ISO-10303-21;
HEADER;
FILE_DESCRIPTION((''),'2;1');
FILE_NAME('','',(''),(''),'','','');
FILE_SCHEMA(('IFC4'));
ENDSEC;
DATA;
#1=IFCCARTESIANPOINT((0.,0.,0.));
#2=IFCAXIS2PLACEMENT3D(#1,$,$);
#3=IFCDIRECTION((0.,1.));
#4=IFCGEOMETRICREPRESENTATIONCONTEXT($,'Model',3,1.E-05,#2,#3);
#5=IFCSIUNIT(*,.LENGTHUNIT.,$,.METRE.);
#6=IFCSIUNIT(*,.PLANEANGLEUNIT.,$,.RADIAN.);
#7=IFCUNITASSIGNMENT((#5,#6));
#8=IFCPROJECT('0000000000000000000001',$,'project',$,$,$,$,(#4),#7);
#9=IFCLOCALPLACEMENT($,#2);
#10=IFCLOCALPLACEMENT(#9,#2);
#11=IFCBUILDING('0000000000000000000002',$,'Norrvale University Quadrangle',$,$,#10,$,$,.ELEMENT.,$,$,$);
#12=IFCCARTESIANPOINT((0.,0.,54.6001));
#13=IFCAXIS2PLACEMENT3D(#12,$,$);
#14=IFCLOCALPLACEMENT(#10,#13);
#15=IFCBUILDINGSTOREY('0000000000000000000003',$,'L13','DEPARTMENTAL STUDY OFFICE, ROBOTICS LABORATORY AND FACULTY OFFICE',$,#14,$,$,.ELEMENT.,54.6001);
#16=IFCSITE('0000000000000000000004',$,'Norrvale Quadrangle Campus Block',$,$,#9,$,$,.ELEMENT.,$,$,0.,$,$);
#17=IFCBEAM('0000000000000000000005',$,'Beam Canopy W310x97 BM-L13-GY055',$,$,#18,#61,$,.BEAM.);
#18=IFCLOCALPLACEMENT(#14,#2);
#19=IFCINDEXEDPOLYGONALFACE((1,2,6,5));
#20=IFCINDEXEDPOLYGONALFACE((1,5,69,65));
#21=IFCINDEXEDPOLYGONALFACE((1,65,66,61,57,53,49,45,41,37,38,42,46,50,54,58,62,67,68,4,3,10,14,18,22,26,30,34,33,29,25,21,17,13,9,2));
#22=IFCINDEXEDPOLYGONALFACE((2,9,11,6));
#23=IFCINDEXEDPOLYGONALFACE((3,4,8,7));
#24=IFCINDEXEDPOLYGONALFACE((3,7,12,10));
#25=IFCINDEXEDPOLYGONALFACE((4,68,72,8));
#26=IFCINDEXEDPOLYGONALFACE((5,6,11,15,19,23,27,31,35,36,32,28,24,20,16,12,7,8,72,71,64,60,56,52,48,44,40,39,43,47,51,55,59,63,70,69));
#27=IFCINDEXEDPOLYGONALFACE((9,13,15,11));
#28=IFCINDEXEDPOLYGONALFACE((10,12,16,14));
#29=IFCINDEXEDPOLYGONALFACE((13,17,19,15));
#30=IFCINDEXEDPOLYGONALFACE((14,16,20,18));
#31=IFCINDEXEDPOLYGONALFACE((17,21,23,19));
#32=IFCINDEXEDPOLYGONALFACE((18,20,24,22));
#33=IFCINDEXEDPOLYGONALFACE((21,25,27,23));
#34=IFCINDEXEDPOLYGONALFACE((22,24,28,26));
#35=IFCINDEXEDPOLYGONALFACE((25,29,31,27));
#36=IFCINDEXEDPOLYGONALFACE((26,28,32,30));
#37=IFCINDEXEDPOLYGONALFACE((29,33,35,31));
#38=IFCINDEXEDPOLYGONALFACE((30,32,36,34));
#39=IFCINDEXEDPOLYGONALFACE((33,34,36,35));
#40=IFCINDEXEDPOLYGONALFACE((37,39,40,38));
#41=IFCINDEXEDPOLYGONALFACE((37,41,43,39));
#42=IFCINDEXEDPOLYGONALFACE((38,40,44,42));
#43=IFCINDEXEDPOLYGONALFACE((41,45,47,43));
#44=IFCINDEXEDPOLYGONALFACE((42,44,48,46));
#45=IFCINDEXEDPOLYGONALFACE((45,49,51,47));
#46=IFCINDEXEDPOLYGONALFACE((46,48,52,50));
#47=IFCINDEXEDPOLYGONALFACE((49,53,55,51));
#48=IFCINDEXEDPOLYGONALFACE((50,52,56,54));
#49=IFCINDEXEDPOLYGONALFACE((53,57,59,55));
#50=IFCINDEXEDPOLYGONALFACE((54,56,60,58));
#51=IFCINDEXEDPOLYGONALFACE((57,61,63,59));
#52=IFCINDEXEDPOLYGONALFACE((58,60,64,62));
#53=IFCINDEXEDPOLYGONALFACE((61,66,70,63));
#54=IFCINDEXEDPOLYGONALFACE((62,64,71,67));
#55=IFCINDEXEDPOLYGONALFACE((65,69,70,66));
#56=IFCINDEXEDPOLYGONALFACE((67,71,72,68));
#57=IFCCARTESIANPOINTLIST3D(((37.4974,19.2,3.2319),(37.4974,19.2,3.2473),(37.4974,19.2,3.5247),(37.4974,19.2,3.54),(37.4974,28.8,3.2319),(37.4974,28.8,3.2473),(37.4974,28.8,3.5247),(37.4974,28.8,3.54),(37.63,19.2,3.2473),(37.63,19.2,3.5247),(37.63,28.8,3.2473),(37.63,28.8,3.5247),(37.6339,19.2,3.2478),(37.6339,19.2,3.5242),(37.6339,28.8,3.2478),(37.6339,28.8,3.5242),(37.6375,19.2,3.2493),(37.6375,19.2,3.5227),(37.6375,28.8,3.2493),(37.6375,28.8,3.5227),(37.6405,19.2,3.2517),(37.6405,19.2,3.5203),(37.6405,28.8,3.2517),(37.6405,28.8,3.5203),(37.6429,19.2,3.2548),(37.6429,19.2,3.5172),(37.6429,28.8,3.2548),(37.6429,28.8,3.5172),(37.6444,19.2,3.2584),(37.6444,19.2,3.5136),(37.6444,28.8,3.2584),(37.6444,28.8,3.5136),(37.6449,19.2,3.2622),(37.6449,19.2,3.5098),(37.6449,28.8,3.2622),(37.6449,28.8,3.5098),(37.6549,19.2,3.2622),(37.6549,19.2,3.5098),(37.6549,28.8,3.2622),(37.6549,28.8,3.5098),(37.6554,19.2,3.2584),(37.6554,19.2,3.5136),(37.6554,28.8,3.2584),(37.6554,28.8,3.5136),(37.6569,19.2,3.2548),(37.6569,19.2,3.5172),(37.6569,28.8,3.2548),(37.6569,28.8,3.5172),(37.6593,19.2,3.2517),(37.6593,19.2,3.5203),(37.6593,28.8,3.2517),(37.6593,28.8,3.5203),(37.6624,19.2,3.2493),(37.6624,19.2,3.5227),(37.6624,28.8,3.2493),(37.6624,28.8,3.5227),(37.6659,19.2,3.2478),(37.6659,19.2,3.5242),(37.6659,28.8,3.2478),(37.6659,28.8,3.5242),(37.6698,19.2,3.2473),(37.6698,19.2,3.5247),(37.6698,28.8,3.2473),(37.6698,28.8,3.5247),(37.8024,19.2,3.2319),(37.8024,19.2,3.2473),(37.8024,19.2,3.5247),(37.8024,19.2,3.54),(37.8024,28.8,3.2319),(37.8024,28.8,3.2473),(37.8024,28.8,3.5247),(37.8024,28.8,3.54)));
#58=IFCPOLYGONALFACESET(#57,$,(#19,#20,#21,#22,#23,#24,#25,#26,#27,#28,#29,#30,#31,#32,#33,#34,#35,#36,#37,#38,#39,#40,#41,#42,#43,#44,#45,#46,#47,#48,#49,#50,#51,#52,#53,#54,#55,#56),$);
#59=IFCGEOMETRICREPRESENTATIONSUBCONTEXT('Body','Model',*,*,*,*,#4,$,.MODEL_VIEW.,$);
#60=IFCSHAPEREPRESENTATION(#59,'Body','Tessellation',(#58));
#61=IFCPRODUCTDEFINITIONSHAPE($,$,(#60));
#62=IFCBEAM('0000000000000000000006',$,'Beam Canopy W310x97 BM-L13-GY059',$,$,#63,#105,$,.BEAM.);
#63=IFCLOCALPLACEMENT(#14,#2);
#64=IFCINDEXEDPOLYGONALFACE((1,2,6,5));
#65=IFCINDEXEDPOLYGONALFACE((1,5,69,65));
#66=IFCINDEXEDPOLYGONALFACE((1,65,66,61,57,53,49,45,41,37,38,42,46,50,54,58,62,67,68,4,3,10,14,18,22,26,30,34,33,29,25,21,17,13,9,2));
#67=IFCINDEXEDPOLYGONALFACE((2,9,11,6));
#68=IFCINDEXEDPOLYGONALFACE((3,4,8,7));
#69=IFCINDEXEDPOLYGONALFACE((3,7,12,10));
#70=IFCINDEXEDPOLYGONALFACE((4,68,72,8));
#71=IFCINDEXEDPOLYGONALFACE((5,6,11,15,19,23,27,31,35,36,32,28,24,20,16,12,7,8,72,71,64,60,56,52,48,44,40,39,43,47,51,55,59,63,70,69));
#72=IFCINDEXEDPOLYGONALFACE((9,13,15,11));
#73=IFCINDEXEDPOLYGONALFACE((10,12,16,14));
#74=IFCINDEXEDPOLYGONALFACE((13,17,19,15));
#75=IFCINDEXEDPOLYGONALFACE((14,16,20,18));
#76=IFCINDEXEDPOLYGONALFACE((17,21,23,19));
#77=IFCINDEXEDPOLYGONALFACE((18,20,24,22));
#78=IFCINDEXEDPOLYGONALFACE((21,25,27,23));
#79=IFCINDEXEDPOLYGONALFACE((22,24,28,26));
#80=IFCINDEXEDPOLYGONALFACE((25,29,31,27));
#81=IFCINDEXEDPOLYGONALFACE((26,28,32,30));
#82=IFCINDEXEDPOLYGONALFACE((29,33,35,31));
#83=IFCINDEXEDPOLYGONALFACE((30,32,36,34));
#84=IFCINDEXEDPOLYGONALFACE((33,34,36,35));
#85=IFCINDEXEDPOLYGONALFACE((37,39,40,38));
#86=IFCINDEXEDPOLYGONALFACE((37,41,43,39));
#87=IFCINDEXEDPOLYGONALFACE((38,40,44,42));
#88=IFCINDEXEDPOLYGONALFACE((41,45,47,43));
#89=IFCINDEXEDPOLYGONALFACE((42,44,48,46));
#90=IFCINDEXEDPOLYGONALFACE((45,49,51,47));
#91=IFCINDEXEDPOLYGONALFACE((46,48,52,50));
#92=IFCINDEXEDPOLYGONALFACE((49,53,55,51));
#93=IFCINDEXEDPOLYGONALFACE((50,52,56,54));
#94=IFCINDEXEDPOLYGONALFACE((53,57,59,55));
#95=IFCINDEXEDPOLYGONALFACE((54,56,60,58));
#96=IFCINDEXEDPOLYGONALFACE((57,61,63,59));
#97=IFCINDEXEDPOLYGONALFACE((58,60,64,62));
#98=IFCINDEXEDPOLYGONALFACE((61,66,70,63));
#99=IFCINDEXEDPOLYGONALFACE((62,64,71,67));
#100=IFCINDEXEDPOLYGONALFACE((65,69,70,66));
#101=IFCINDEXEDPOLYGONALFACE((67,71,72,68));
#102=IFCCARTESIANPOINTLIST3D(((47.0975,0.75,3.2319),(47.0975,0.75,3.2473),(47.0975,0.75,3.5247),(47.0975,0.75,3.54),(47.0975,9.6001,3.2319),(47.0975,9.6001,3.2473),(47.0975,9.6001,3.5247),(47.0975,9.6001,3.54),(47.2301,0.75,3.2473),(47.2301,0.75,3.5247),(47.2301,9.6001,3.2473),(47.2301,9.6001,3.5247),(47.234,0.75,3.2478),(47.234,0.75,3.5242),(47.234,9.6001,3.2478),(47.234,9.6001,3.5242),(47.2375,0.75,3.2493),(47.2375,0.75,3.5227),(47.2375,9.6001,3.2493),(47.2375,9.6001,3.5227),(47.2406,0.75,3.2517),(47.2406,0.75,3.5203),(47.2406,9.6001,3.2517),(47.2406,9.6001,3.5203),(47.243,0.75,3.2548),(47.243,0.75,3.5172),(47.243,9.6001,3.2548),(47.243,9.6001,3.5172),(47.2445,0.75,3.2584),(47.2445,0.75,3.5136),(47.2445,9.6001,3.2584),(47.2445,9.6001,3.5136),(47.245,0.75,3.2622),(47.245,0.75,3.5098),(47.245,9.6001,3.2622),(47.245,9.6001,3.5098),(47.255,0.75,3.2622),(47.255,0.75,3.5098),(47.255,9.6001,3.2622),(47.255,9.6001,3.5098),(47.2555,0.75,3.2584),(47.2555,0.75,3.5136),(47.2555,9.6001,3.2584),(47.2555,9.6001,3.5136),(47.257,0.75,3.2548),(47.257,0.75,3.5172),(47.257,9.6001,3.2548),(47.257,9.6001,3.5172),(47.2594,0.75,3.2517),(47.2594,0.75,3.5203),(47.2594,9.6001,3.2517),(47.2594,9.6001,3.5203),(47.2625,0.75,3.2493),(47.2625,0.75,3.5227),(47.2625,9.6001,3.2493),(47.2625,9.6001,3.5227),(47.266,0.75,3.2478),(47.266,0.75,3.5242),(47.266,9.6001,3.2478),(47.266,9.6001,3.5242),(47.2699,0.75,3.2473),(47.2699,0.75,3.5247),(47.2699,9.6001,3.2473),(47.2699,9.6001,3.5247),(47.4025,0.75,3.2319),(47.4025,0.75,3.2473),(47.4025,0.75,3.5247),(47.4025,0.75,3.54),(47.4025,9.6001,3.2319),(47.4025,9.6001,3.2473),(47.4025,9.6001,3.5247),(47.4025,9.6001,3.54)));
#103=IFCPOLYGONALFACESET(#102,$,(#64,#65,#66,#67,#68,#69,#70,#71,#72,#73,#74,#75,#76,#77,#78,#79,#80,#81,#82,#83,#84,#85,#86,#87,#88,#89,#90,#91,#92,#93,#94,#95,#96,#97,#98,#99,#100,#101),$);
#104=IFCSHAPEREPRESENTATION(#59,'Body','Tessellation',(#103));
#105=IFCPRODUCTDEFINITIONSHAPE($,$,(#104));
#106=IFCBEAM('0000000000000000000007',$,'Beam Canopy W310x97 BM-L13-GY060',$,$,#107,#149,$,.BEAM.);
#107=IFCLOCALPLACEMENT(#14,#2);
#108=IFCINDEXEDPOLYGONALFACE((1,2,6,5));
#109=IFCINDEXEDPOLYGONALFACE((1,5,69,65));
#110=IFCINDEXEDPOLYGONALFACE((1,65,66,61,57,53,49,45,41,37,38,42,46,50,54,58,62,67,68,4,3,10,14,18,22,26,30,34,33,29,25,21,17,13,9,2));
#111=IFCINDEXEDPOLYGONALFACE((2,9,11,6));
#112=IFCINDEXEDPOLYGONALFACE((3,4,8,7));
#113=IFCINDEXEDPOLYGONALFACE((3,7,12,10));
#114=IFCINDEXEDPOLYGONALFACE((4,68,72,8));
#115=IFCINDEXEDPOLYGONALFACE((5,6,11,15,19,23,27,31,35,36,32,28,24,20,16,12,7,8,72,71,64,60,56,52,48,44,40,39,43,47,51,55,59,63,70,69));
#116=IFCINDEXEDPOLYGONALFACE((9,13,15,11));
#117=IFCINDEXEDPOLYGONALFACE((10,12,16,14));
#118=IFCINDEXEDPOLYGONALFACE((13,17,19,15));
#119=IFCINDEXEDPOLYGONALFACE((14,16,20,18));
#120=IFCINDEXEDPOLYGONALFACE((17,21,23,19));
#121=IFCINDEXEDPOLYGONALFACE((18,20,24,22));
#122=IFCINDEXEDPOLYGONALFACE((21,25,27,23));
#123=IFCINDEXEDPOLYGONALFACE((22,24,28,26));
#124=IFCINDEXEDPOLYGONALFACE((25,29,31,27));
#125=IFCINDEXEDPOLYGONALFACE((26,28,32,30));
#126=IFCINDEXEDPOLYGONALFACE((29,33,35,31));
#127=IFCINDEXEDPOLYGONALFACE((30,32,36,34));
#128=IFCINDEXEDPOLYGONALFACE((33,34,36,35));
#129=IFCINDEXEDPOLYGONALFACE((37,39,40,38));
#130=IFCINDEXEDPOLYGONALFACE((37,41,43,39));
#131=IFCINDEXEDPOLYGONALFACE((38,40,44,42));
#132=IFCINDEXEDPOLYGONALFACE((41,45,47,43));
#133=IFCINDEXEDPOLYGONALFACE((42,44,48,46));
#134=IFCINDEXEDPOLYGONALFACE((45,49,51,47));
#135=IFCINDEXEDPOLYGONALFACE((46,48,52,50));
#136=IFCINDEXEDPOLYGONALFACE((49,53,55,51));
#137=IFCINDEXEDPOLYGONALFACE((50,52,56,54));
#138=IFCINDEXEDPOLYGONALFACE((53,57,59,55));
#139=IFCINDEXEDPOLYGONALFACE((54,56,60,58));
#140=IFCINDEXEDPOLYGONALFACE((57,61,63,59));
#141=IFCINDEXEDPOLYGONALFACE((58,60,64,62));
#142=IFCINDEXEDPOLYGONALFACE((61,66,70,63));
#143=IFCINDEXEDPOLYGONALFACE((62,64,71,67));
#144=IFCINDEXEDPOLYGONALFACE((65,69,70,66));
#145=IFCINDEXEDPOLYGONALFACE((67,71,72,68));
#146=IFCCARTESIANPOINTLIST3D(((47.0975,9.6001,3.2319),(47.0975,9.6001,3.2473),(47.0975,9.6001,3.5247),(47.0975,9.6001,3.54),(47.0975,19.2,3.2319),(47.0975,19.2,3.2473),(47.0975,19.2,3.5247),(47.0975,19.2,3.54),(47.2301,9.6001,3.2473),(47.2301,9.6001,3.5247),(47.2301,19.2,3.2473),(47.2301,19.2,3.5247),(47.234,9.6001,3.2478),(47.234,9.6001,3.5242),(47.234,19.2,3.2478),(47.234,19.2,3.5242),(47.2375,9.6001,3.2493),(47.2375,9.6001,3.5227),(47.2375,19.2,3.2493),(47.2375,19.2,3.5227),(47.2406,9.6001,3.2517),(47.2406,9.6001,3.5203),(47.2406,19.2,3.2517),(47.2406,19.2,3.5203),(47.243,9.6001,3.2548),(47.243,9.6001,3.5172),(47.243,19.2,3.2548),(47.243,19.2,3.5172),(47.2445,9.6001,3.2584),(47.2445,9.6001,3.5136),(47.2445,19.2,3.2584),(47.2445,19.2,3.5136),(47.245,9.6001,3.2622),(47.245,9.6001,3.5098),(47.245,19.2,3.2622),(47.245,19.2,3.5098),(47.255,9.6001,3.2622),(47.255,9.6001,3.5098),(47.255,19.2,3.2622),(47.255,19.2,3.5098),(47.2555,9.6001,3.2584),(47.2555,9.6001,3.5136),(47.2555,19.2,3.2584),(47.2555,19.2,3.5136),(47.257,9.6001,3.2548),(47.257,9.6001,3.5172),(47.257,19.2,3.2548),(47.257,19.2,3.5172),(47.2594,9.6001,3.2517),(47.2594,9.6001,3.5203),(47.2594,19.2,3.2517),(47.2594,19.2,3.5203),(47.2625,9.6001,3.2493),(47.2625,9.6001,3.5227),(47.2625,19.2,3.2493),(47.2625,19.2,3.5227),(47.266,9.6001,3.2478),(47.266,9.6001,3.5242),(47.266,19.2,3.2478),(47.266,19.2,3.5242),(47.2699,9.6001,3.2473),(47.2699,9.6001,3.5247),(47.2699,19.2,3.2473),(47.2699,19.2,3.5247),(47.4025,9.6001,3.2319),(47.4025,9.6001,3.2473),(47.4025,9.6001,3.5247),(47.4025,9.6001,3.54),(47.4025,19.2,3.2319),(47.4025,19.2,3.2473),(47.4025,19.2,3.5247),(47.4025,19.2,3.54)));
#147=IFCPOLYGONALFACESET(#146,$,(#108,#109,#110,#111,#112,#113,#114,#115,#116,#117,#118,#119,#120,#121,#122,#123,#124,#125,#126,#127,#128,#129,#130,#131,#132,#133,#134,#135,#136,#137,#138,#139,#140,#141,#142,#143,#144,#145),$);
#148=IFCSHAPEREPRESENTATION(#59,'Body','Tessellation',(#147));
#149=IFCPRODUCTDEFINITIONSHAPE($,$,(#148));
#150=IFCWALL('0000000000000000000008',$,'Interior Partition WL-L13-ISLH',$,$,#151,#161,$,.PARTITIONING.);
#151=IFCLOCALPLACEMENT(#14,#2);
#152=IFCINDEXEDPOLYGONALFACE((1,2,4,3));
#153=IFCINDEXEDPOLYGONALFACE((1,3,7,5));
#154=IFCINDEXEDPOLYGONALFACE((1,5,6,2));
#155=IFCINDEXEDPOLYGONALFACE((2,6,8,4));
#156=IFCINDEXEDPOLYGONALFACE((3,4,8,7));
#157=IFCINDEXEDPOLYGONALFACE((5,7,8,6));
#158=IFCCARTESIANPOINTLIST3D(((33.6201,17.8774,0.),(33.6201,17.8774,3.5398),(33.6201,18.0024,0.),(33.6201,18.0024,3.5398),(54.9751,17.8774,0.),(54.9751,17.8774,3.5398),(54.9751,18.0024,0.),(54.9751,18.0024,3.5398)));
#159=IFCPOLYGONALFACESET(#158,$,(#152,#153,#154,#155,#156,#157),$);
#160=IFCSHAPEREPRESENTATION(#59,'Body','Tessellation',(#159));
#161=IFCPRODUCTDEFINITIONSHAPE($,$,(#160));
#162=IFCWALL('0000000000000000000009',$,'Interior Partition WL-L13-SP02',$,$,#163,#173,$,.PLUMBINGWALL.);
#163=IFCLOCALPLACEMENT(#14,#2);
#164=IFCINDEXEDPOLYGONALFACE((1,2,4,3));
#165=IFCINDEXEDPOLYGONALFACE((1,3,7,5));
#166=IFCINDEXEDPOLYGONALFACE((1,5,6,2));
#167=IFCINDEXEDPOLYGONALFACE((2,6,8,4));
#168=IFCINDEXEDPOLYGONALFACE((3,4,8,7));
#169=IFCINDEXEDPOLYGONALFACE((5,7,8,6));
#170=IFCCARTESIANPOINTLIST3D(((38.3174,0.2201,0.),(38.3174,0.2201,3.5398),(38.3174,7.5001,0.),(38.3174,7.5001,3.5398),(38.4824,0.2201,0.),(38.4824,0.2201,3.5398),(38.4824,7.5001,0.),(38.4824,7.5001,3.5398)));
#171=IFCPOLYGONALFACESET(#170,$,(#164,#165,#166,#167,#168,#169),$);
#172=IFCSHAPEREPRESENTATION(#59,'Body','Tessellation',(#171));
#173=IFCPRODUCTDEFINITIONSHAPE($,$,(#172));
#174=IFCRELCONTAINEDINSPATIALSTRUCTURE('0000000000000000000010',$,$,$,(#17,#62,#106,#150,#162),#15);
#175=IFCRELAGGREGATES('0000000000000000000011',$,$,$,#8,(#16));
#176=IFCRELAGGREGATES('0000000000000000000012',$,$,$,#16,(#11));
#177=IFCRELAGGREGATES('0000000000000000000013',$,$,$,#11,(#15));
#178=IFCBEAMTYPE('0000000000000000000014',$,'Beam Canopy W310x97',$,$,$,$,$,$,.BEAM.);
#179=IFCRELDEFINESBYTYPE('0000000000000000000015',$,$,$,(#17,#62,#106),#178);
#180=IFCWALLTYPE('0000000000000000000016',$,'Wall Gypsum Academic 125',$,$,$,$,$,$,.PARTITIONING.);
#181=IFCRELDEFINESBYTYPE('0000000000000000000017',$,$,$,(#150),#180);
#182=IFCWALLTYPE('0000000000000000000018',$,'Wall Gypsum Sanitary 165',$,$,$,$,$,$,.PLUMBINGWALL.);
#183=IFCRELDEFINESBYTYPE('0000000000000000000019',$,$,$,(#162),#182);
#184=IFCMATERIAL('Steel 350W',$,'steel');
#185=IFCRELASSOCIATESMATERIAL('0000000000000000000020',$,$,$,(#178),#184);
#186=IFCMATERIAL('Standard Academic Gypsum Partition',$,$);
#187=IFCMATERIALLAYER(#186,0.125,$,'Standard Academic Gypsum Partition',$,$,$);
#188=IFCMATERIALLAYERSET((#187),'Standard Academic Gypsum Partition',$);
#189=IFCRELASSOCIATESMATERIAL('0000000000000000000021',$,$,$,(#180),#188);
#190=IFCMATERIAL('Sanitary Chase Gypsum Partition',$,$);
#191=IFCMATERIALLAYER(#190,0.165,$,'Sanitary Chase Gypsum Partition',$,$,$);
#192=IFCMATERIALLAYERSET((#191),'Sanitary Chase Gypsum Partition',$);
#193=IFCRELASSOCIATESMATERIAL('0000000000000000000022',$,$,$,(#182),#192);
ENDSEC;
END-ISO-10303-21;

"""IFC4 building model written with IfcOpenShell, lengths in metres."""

from ifc_helpers import new_model, si_unit, direction, frame, frame_2d, origin, origin_2d, place, context, subcontext, project, spatial, rectangle, i_section, extrude, material, layer, layer_set, material_profile, profile_set, type_object, element, save


model = new_model("IFC4")

# Units and contexts
model_context = context("Model", 3, precision=1e-05, world=origin(), true_north=direction((0.0, 1.0)))
body_context = subcontext(model_context, "Body", "Model", "MODEL_VIEW")
ifc_project = project(units=[si_unit("LENGTHUNIT", "METRE"), si_unit("PLANEANGLEUNIT", "RADIAN")], contexts=[model_context])

# Site, building, storey
site_placement = place(None, origin())
site = spatial("IfcSite", under=ifc_project, at=site_placement, Name="Norrvale Quadrangle Campus Block", CompositionType="ELEMENT", RefElevation=0.0)
building_placement = place(site_placement, origin())
building = spatial("IfcBuilding", under=site, at=building_placement, Name="Norrvale University Quadrangle", CompositionType="ELEMENT")
storey_placement = place(building_placement, frame((0.0, 0.0, 54.6001)))
storey = spatial("IfcBuildingStorey", under=building, at=storey_placement, Name="L13", Description="DEPARTMENTAL STUDY OFFICE, ROBOTICS LABORATORY AND FACULTY OFFICE", CompositionType="ELEMENT", Elevation=54.6001)

# Beams
ifc_material_1 = material(Name="Steel 350W", Category="steel")
ifc_material_profile_1 = material_profile(ifc_material_1, i_section(OverallWidth=0.3049, OverallDepth=0.3081, WebThickness=0.01, FlangeThickness=0.0154, FilletRadius=0.0149, at=origin_2d()), Name="Steel 350W")
ifc_profile_set_1 = profile_set([ifc_material_profile_1], Name="Steel 350W")
beam_type_1 = type_object("IfcBeamType", Name="Beam Canopy W310x97", PredefinedType="BEAM", material=ifc_profile_set_1)
beam_1_placement = place(storey_placement, frame((37.6499, 19.2, 3.386), z_axis=(0.0, 1.0, 0.0), x_axis=(-1.0, 0.0, 0.0)))
element("IfcBeam", 1, at=beam_1_placement, inside=storey, type_object=beam_type_1, Name="Beam Canopy W310x97 BM-L13-GY055", PredefinedType="BEAM", context=body_context, shape_type="SweptSolid", body=[
    extrude(i_section(OverallWidth=0.3049, OverallDepth=0.3081, WebThickness=0.01, FlangeThickness=0.0154, FilletRadius=0.0149, at=origin_2d()), origin(), (0.0, 0.0, 1.0), 9.6001),
])
beam_2_placement = place(storey_placement, frame((47.25, 0.75, 3.386), z_axis=(0.0, 1.0, 0.0), x_axis=(-1.0, 0.0, 0.0)))
element("IfcBeam", 2, at=beam_2_placement, inside=storey, type_object=beam_type_1, Name="Beam Canopy W310x97 BM-L13-GY059", PredefinedType="BEAM", context=body_context, shape_type="SweptSolid", body=[
    extrude(i_section(OverallWidth=0.3049, OverallDepth=0.3081, WebThickness=0.01, FlangeThickness=0.0154, FilletRadius=0.0149, at=origin_2d()), origin(), (0.0, 0.0, 1.0), 8.8501),
])
beam_3_placement = place(storey_placement, frame((47.25, 9.6001, 3.386), z_axis=(0.0, 1.0, 0.0), x_axis=(-1.0, 0.0, 0.0)))
element("IfcBeam", 3, at=beam_3_placement, inside=storey, type_object=beam_type_1, Name="Beam Canopy W310x97 BM-L13-GY060", PredefinedType="BEAM", context=body_context, shape_type="SweptSolid", body=[
    extrude(i_section(OverallWidth=0.3049, OverallDepth=0.3081, WebThickness=0.01, FlangeThickness=0.0154, FilletRadius=0.0149, at=origin_2d()), origin(), (0.0, 0.0, 1.0), 9.5999),
])

# Walls
ifc_material_2 = material(Name="Standard Academic Gypsum Partition")
ifc_layer_1 = layer(ifc_material_2, 0.125, Name="Standard Academic Gypsum Partition")
ifc_layer_set_1 = layer_set([ifc_layer_1], Name="Standard Academic Gypsum Partition")
wall_type_1 = type_object("IfcWallType", Name="Wall Gypsum Academic 125", PredefinedType="PARTITIONING", material=ifc_layer_set_1)
wall_1_placement = place(storey_placement, frame((33.6201, 17.9399, 0.0), z_axis=(0.0, 0.0, 1.0), x_axis=(1.0, 0.0, 0.0)))
element("IfcWall", 4, at=wall_1_placement, inside=storey, type_object=wall_type_1, Name="Interior Partition WL-L13-ISLH", PredefinedType="PARTITIONING", context=body_context, shape_type="SweptSolid", body=[
    extrude(rectangle(XDim=21.355, YDim=0.125, at=frame_2d((10.6775, 0.0))), origin(), (0.0, 0.0, 1.0), 3.5398),
])
ifc_material_3 = material(Name="Sanitary Chase Gypsum Partition")
ifc_layer_2 = layer(ifc_material_3, 0.165, Name="Sanitary Chase Gypsum Partition")
ifc_layer_set_2 = layer_set([ifc_layer_2], Name="Sanitary Chase Gypsum Partition")
wall_type_2 = type_object("IfcWallType", Name="Wall Gypsum Sanitary 165", PredefinedType="PLUMBINGWALL", material=ifc_layer_set_2)
wall_2_placement = place(storey_placement, frame((38.3999, 0.22, 0.0), z_axis=(0.0, 0.0, 1.0), x_axis=(0.0, 1.0, 0.0)))
element("IfcWall", 5, at=wall_2_placement, inside=storey, type_object=wall_type_2, Name="Interior Partition WL-L13-SP02", PredefinedType="PLUMBINGWALL", context=body_context, shape_type="SweptSolid", body=[
    extrude(rectangle(XDim=7.28, YDim=0.165, at=frame_2d((3.6401, 0.0))), origin(), (0.0, 0.0, 1.0), 3.5398),
])

save(model, "model.ifc")
